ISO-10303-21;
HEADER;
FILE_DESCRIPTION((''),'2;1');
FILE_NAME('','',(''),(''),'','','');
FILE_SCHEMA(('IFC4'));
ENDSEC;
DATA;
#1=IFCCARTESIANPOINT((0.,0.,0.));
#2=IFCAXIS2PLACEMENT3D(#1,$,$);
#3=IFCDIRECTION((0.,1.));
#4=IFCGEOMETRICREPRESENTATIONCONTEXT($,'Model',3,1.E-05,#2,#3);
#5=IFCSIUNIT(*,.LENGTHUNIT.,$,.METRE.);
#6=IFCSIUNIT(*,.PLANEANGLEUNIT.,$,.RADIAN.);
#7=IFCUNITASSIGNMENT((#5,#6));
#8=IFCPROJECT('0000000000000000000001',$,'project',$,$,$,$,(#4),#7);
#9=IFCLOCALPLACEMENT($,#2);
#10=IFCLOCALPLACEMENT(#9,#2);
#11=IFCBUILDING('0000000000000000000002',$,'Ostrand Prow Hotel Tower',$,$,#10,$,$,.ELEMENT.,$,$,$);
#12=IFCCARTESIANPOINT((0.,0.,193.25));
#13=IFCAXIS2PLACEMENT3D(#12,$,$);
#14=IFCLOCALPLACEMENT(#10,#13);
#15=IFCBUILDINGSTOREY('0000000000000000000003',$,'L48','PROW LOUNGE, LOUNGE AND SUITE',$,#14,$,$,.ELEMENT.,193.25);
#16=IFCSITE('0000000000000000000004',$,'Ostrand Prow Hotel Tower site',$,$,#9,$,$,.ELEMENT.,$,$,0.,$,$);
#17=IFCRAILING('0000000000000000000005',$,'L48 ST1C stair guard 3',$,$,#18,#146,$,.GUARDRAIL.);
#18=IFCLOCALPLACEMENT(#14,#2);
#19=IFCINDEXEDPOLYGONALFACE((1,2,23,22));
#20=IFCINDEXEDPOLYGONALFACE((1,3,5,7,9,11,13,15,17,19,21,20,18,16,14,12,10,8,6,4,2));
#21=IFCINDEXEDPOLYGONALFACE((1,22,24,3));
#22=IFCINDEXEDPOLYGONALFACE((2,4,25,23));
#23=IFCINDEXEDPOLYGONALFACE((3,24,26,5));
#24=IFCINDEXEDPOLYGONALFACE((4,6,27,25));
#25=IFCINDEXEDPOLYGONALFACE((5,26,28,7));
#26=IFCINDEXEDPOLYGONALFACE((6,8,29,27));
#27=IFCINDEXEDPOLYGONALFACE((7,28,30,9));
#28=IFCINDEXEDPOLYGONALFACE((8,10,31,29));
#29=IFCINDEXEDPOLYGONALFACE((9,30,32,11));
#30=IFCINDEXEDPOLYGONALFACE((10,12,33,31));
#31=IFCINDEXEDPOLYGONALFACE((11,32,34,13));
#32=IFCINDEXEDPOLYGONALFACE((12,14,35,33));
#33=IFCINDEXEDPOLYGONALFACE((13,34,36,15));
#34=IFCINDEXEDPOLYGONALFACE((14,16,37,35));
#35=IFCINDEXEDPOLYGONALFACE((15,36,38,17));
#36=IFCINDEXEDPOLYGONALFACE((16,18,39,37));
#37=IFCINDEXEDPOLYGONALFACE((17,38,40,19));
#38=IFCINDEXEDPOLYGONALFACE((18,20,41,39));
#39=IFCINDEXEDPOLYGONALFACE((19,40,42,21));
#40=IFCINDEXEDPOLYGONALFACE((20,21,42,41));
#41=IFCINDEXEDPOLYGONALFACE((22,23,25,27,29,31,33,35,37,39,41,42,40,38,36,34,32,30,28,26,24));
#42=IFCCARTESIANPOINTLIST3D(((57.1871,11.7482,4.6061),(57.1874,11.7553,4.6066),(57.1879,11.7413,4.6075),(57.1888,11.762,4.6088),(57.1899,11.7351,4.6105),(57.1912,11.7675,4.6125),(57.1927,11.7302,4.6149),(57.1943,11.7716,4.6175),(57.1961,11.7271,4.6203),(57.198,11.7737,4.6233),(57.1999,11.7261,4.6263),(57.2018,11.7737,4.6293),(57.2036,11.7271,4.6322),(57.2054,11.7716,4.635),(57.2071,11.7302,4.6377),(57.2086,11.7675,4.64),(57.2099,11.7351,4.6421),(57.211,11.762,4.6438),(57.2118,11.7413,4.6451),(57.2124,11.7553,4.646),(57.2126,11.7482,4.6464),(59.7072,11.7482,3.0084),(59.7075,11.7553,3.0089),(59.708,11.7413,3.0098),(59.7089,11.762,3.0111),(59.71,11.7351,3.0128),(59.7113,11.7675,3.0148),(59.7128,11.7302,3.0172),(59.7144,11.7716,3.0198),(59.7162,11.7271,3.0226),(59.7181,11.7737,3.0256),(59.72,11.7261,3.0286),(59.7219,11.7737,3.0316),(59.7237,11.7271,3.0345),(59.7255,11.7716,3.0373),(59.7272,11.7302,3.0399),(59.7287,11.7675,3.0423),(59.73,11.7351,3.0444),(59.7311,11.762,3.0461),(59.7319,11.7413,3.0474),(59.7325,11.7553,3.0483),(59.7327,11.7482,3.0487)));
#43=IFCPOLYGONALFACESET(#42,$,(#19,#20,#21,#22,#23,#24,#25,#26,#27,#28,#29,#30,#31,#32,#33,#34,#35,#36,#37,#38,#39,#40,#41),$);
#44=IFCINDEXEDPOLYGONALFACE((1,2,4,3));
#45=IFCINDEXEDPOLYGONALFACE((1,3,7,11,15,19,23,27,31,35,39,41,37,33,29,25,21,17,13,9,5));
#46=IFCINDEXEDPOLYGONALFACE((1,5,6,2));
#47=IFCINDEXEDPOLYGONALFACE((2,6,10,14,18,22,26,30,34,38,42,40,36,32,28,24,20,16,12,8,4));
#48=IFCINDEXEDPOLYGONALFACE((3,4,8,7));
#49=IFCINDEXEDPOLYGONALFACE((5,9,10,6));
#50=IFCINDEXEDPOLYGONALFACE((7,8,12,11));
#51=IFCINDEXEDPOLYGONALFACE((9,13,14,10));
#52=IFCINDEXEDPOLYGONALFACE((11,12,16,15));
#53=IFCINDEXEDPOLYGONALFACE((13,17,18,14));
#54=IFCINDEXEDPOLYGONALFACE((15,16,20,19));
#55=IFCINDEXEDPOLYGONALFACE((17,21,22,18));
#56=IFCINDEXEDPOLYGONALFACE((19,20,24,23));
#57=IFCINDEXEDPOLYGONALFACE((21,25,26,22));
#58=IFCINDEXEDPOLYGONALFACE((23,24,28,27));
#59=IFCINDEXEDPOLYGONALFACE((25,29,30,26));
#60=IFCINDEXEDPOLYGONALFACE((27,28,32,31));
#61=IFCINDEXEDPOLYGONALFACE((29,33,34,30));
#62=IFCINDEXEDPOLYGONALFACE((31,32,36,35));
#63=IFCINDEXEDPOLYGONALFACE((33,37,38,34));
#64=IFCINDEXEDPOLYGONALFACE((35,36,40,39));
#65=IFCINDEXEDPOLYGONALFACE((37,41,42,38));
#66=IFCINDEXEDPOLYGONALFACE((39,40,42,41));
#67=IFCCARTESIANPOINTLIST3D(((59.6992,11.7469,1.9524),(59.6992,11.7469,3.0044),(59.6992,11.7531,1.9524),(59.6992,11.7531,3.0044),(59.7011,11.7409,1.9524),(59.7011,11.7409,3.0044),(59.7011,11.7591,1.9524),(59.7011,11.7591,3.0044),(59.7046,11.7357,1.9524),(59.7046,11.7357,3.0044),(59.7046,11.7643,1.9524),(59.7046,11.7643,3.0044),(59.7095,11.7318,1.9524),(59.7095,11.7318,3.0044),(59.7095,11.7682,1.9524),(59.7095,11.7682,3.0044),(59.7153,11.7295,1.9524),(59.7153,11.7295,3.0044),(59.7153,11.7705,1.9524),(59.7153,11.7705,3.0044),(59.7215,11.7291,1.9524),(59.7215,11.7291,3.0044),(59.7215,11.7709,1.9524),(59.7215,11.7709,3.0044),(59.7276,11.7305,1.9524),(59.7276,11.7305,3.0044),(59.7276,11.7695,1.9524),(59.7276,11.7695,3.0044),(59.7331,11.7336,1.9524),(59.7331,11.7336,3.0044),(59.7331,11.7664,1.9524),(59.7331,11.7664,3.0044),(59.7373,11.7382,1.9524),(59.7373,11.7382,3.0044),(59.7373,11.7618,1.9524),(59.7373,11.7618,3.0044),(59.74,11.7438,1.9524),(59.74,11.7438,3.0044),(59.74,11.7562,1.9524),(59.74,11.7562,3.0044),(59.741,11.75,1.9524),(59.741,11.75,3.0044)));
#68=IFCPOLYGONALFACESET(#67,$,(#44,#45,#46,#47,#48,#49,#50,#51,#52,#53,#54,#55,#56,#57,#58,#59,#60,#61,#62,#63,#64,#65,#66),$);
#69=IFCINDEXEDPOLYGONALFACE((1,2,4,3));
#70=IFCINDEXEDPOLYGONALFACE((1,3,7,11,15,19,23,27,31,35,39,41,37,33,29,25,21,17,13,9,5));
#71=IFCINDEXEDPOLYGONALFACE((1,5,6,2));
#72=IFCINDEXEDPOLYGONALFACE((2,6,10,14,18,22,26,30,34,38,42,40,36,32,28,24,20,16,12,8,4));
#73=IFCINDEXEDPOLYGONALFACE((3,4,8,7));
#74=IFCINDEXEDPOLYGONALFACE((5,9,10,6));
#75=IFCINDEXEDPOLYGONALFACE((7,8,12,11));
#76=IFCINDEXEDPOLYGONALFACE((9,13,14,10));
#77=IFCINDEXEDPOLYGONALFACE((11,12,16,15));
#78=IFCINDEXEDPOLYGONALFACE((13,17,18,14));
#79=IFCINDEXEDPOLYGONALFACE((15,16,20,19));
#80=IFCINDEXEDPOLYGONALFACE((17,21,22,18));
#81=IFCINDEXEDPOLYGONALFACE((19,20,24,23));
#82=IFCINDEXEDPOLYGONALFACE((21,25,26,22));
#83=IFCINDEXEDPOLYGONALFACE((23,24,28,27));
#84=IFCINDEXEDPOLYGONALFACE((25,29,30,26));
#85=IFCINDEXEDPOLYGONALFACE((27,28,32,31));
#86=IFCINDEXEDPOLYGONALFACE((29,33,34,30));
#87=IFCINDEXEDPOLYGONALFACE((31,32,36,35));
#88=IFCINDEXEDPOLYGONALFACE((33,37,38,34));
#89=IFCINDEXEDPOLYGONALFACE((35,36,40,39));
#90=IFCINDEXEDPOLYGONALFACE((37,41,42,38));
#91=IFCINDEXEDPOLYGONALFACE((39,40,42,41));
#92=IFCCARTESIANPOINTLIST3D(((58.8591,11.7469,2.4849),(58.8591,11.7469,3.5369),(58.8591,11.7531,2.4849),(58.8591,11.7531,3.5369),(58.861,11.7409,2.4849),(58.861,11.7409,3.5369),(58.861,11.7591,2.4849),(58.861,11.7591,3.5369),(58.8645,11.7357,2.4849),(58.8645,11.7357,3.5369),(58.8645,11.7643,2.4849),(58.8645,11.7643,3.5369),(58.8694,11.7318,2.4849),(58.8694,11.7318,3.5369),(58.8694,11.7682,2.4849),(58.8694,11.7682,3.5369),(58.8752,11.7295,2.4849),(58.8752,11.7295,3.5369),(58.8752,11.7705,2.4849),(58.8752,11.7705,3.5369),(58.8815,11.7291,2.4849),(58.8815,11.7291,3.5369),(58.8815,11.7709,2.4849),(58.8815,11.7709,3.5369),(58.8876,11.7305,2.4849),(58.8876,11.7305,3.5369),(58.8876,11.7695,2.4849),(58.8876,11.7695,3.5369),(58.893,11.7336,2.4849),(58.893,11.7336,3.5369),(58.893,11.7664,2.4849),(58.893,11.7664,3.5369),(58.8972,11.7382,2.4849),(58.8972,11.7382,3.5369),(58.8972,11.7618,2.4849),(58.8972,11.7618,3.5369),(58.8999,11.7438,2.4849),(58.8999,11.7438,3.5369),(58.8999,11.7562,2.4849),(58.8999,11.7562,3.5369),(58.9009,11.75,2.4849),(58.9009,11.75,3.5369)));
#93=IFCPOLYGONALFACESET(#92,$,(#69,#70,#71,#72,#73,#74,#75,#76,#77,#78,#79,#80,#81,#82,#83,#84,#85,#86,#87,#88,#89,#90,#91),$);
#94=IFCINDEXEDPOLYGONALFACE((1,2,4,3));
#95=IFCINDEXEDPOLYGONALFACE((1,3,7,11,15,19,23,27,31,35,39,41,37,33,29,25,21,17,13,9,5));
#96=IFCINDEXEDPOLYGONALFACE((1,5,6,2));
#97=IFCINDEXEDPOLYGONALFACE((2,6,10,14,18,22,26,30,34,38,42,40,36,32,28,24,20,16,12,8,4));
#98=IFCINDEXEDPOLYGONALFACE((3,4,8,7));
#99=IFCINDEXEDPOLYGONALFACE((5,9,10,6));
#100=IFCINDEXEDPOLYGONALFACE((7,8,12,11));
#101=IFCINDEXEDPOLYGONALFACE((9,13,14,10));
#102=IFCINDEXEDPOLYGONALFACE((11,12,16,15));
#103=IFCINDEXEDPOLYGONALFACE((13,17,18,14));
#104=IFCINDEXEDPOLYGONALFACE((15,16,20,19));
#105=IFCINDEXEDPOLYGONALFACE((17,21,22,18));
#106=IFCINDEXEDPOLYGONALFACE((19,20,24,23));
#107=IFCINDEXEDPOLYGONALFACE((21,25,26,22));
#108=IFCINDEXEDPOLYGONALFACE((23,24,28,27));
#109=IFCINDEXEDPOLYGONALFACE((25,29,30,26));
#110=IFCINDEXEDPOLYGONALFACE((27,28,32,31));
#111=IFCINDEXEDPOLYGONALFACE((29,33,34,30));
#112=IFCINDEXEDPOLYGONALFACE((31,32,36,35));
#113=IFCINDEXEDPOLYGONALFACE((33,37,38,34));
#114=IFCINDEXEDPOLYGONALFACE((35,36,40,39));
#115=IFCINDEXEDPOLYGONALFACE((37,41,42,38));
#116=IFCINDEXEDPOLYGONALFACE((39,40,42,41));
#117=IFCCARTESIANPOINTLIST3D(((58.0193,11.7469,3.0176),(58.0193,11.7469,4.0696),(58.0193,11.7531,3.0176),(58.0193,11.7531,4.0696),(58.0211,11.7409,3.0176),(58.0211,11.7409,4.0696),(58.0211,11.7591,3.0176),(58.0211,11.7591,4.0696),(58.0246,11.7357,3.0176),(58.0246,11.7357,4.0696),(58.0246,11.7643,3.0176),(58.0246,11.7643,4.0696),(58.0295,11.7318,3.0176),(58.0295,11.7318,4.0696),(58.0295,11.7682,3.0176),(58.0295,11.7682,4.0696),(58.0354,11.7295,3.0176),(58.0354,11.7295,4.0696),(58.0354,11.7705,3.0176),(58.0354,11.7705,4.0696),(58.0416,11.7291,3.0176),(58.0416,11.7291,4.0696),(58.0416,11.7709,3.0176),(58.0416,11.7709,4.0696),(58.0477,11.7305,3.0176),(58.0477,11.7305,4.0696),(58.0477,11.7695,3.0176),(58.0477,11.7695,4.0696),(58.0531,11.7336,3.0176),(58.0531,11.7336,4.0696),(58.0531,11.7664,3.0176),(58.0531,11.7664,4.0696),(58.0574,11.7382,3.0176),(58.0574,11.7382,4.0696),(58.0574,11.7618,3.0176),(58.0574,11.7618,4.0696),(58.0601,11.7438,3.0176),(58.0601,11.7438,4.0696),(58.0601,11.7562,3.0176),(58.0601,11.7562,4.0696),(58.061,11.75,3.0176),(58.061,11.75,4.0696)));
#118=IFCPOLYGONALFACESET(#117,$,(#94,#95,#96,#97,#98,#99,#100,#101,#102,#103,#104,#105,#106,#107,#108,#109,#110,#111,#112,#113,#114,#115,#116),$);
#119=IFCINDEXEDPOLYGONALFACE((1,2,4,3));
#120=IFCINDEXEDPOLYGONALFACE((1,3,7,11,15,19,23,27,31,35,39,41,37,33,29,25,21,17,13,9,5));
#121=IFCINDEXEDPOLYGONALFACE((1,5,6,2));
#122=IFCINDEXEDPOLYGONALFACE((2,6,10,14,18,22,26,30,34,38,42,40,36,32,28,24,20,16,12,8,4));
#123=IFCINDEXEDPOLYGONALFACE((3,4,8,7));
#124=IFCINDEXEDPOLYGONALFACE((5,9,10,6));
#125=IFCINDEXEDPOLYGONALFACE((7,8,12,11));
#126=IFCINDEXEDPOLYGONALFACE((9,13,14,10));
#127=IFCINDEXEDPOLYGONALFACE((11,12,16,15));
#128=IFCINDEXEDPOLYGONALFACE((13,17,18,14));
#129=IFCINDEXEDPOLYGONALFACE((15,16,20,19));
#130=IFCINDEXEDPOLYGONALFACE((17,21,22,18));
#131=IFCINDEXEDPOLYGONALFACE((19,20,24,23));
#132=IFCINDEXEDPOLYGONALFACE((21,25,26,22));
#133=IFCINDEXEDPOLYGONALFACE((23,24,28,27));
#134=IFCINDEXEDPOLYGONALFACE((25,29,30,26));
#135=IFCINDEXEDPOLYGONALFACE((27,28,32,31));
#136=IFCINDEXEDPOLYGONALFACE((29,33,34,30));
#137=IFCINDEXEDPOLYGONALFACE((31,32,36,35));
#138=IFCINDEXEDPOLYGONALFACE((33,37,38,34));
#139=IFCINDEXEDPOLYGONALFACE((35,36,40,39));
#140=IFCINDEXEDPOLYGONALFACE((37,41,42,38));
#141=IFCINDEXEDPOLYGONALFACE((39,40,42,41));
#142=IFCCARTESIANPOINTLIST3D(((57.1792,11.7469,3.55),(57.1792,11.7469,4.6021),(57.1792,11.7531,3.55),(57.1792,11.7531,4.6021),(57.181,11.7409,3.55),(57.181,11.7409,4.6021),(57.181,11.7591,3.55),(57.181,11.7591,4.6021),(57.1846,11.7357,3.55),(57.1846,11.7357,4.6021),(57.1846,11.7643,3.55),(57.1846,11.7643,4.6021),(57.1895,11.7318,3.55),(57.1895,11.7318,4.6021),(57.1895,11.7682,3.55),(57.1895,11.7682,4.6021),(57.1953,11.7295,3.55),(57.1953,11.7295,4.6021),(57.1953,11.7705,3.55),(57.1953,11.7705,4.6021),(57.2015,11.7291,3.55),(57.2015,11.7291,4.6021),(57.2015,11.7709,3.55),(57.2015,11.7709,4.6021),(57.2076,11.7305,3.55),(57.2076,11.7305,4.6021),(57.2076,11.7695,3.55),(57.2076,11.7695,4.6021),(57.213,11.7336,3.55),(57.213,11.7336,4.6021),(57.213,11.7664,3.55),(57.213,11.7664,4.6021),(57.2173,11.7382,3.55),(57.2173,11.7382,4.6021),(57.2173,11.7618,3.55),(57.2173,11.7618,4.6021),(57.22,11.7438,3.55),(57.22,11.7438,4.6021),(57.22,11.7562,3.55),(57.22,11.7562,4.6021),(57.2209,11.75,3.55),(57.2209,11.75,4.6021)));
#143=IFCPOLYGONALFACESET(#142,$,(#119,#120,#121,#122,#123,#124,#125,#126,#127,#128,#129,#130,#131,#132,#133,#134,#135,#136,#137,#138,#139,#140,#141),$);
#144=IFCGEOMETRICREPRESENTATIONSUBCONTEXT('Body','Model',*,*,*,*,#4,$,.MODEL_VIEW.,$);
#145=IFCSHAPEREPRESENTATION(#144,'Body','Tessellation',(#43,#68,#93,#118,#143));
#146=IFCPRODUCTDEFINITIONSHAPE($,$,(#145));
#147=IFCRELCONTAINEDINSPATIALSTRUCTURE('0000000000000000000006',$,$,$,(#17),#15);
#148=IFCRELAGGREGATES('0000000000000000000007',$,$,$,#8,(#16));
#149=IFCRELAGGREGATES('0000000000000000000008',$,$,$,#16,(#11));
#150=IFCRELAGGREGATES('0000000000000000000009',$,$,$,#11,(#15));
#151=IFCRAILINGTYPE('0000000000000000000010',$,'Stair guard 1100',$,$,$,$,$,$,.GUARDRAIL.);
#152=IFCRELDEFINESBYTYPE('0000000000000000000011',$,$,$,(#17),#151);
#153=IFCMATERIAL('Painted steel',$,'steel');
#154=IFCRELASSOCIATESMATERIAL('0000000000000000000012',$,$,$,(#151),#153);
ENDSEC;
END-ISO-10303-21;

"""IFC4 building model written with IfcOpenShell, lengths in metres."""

from ifc_helpers import new_model, si_unit, direction, frame, origin, origin_2d, place, context, subcontext, project, spatial, circle, extrude, material, type_object, element, save


model = new_model("IFC4")

# Units and contexts
model_context = context("Model", 3, precision=1e-05, world=origin(), true_north=direction((0.0, 1.0)))
body_context = subcontext(model_context, "Body", "Model", "MODEL_VIEW")
ifc_project = project(units=[si_unit("LENGTHUNIT", "METRE"), si_unit("PLANEANGLEUNIT", "RADIAN")], contexts=[model_context])

# Site, building, storey
site_placement = place(None, origin())
site = spatial("IfcSite", under=ifc_project, at=site_placement, Name="Ostrand Prow Hotel Tower site", CompositionType="ELEMENT", RefElevation=0.0)
building_placement = place(site_placement, origin())
building = spatial("IfcBuilding", under=site, at=building_placement, Name="Ostrand Prow Hotel Tower", CompositionType="ELEMENT")
storey_placement = place(building_placement, frame((0.0, 0.0, 193.25)))
storey = spatial("IfcBuildingStorey", under=building, at=storey_placement, Name="L48", Description="PROW LOUNGE, LOUNGE AND SUITE", CompositionType="ELEMENT", Elevation=193.25)

# Railing
ifc_material_1 = material(Name="Painted steel", Category="steel")
railing_type_1 = type_object("IfcRailingType", Name="Stair guard 1100", PredefinedType="GUARDRAIL", material=ifc_material_1)
railing_1_placement = place(storey_placement, frame((59.72, 11.75, 1.9524)))
element("IfcRailing", 1, at=railing_1_placement, inside=storey, type_object=railing_type_1, Name="L48 ST1C stair guard 3", PredefinedType="GUARDRAIL", context=body_context, shape_type="SweptSolid", body=[
    extrude(circle(Radius=0.0239, at=origin_2d()), frame((0.0, 0.0, 1.0762), z_axis=(-0.84457, 0.0, 0.535445), x_axis=(0.0, -1.0, 0.0)), (0.0, 0.0, 1.0), 2.9839),
    extrude(circle(Radius=0.021, at=origin_2d()), origin(), (0.0, 0.0, 1.0), 1.052),
    extrude(circle(Radius=0.021, at=origin_2d()), frame((-0.8401, 0.0, 0.5325)), (0.0, 0.0, 1.0), 1.052),
    extrude(circle(Radius=0.021, at=origin_2d()), frame((-1.6799, 0.0, 1.0652)), (0.0, 0.0, 1.0), 1.052),
    extrude(circle(Radius=0.021, at=origin_2d()), frame((-2.52, 0.0, 1.5977)), (0.0, 0.0, 1.0), 1.052),
])

save(model, "model.ifc")
